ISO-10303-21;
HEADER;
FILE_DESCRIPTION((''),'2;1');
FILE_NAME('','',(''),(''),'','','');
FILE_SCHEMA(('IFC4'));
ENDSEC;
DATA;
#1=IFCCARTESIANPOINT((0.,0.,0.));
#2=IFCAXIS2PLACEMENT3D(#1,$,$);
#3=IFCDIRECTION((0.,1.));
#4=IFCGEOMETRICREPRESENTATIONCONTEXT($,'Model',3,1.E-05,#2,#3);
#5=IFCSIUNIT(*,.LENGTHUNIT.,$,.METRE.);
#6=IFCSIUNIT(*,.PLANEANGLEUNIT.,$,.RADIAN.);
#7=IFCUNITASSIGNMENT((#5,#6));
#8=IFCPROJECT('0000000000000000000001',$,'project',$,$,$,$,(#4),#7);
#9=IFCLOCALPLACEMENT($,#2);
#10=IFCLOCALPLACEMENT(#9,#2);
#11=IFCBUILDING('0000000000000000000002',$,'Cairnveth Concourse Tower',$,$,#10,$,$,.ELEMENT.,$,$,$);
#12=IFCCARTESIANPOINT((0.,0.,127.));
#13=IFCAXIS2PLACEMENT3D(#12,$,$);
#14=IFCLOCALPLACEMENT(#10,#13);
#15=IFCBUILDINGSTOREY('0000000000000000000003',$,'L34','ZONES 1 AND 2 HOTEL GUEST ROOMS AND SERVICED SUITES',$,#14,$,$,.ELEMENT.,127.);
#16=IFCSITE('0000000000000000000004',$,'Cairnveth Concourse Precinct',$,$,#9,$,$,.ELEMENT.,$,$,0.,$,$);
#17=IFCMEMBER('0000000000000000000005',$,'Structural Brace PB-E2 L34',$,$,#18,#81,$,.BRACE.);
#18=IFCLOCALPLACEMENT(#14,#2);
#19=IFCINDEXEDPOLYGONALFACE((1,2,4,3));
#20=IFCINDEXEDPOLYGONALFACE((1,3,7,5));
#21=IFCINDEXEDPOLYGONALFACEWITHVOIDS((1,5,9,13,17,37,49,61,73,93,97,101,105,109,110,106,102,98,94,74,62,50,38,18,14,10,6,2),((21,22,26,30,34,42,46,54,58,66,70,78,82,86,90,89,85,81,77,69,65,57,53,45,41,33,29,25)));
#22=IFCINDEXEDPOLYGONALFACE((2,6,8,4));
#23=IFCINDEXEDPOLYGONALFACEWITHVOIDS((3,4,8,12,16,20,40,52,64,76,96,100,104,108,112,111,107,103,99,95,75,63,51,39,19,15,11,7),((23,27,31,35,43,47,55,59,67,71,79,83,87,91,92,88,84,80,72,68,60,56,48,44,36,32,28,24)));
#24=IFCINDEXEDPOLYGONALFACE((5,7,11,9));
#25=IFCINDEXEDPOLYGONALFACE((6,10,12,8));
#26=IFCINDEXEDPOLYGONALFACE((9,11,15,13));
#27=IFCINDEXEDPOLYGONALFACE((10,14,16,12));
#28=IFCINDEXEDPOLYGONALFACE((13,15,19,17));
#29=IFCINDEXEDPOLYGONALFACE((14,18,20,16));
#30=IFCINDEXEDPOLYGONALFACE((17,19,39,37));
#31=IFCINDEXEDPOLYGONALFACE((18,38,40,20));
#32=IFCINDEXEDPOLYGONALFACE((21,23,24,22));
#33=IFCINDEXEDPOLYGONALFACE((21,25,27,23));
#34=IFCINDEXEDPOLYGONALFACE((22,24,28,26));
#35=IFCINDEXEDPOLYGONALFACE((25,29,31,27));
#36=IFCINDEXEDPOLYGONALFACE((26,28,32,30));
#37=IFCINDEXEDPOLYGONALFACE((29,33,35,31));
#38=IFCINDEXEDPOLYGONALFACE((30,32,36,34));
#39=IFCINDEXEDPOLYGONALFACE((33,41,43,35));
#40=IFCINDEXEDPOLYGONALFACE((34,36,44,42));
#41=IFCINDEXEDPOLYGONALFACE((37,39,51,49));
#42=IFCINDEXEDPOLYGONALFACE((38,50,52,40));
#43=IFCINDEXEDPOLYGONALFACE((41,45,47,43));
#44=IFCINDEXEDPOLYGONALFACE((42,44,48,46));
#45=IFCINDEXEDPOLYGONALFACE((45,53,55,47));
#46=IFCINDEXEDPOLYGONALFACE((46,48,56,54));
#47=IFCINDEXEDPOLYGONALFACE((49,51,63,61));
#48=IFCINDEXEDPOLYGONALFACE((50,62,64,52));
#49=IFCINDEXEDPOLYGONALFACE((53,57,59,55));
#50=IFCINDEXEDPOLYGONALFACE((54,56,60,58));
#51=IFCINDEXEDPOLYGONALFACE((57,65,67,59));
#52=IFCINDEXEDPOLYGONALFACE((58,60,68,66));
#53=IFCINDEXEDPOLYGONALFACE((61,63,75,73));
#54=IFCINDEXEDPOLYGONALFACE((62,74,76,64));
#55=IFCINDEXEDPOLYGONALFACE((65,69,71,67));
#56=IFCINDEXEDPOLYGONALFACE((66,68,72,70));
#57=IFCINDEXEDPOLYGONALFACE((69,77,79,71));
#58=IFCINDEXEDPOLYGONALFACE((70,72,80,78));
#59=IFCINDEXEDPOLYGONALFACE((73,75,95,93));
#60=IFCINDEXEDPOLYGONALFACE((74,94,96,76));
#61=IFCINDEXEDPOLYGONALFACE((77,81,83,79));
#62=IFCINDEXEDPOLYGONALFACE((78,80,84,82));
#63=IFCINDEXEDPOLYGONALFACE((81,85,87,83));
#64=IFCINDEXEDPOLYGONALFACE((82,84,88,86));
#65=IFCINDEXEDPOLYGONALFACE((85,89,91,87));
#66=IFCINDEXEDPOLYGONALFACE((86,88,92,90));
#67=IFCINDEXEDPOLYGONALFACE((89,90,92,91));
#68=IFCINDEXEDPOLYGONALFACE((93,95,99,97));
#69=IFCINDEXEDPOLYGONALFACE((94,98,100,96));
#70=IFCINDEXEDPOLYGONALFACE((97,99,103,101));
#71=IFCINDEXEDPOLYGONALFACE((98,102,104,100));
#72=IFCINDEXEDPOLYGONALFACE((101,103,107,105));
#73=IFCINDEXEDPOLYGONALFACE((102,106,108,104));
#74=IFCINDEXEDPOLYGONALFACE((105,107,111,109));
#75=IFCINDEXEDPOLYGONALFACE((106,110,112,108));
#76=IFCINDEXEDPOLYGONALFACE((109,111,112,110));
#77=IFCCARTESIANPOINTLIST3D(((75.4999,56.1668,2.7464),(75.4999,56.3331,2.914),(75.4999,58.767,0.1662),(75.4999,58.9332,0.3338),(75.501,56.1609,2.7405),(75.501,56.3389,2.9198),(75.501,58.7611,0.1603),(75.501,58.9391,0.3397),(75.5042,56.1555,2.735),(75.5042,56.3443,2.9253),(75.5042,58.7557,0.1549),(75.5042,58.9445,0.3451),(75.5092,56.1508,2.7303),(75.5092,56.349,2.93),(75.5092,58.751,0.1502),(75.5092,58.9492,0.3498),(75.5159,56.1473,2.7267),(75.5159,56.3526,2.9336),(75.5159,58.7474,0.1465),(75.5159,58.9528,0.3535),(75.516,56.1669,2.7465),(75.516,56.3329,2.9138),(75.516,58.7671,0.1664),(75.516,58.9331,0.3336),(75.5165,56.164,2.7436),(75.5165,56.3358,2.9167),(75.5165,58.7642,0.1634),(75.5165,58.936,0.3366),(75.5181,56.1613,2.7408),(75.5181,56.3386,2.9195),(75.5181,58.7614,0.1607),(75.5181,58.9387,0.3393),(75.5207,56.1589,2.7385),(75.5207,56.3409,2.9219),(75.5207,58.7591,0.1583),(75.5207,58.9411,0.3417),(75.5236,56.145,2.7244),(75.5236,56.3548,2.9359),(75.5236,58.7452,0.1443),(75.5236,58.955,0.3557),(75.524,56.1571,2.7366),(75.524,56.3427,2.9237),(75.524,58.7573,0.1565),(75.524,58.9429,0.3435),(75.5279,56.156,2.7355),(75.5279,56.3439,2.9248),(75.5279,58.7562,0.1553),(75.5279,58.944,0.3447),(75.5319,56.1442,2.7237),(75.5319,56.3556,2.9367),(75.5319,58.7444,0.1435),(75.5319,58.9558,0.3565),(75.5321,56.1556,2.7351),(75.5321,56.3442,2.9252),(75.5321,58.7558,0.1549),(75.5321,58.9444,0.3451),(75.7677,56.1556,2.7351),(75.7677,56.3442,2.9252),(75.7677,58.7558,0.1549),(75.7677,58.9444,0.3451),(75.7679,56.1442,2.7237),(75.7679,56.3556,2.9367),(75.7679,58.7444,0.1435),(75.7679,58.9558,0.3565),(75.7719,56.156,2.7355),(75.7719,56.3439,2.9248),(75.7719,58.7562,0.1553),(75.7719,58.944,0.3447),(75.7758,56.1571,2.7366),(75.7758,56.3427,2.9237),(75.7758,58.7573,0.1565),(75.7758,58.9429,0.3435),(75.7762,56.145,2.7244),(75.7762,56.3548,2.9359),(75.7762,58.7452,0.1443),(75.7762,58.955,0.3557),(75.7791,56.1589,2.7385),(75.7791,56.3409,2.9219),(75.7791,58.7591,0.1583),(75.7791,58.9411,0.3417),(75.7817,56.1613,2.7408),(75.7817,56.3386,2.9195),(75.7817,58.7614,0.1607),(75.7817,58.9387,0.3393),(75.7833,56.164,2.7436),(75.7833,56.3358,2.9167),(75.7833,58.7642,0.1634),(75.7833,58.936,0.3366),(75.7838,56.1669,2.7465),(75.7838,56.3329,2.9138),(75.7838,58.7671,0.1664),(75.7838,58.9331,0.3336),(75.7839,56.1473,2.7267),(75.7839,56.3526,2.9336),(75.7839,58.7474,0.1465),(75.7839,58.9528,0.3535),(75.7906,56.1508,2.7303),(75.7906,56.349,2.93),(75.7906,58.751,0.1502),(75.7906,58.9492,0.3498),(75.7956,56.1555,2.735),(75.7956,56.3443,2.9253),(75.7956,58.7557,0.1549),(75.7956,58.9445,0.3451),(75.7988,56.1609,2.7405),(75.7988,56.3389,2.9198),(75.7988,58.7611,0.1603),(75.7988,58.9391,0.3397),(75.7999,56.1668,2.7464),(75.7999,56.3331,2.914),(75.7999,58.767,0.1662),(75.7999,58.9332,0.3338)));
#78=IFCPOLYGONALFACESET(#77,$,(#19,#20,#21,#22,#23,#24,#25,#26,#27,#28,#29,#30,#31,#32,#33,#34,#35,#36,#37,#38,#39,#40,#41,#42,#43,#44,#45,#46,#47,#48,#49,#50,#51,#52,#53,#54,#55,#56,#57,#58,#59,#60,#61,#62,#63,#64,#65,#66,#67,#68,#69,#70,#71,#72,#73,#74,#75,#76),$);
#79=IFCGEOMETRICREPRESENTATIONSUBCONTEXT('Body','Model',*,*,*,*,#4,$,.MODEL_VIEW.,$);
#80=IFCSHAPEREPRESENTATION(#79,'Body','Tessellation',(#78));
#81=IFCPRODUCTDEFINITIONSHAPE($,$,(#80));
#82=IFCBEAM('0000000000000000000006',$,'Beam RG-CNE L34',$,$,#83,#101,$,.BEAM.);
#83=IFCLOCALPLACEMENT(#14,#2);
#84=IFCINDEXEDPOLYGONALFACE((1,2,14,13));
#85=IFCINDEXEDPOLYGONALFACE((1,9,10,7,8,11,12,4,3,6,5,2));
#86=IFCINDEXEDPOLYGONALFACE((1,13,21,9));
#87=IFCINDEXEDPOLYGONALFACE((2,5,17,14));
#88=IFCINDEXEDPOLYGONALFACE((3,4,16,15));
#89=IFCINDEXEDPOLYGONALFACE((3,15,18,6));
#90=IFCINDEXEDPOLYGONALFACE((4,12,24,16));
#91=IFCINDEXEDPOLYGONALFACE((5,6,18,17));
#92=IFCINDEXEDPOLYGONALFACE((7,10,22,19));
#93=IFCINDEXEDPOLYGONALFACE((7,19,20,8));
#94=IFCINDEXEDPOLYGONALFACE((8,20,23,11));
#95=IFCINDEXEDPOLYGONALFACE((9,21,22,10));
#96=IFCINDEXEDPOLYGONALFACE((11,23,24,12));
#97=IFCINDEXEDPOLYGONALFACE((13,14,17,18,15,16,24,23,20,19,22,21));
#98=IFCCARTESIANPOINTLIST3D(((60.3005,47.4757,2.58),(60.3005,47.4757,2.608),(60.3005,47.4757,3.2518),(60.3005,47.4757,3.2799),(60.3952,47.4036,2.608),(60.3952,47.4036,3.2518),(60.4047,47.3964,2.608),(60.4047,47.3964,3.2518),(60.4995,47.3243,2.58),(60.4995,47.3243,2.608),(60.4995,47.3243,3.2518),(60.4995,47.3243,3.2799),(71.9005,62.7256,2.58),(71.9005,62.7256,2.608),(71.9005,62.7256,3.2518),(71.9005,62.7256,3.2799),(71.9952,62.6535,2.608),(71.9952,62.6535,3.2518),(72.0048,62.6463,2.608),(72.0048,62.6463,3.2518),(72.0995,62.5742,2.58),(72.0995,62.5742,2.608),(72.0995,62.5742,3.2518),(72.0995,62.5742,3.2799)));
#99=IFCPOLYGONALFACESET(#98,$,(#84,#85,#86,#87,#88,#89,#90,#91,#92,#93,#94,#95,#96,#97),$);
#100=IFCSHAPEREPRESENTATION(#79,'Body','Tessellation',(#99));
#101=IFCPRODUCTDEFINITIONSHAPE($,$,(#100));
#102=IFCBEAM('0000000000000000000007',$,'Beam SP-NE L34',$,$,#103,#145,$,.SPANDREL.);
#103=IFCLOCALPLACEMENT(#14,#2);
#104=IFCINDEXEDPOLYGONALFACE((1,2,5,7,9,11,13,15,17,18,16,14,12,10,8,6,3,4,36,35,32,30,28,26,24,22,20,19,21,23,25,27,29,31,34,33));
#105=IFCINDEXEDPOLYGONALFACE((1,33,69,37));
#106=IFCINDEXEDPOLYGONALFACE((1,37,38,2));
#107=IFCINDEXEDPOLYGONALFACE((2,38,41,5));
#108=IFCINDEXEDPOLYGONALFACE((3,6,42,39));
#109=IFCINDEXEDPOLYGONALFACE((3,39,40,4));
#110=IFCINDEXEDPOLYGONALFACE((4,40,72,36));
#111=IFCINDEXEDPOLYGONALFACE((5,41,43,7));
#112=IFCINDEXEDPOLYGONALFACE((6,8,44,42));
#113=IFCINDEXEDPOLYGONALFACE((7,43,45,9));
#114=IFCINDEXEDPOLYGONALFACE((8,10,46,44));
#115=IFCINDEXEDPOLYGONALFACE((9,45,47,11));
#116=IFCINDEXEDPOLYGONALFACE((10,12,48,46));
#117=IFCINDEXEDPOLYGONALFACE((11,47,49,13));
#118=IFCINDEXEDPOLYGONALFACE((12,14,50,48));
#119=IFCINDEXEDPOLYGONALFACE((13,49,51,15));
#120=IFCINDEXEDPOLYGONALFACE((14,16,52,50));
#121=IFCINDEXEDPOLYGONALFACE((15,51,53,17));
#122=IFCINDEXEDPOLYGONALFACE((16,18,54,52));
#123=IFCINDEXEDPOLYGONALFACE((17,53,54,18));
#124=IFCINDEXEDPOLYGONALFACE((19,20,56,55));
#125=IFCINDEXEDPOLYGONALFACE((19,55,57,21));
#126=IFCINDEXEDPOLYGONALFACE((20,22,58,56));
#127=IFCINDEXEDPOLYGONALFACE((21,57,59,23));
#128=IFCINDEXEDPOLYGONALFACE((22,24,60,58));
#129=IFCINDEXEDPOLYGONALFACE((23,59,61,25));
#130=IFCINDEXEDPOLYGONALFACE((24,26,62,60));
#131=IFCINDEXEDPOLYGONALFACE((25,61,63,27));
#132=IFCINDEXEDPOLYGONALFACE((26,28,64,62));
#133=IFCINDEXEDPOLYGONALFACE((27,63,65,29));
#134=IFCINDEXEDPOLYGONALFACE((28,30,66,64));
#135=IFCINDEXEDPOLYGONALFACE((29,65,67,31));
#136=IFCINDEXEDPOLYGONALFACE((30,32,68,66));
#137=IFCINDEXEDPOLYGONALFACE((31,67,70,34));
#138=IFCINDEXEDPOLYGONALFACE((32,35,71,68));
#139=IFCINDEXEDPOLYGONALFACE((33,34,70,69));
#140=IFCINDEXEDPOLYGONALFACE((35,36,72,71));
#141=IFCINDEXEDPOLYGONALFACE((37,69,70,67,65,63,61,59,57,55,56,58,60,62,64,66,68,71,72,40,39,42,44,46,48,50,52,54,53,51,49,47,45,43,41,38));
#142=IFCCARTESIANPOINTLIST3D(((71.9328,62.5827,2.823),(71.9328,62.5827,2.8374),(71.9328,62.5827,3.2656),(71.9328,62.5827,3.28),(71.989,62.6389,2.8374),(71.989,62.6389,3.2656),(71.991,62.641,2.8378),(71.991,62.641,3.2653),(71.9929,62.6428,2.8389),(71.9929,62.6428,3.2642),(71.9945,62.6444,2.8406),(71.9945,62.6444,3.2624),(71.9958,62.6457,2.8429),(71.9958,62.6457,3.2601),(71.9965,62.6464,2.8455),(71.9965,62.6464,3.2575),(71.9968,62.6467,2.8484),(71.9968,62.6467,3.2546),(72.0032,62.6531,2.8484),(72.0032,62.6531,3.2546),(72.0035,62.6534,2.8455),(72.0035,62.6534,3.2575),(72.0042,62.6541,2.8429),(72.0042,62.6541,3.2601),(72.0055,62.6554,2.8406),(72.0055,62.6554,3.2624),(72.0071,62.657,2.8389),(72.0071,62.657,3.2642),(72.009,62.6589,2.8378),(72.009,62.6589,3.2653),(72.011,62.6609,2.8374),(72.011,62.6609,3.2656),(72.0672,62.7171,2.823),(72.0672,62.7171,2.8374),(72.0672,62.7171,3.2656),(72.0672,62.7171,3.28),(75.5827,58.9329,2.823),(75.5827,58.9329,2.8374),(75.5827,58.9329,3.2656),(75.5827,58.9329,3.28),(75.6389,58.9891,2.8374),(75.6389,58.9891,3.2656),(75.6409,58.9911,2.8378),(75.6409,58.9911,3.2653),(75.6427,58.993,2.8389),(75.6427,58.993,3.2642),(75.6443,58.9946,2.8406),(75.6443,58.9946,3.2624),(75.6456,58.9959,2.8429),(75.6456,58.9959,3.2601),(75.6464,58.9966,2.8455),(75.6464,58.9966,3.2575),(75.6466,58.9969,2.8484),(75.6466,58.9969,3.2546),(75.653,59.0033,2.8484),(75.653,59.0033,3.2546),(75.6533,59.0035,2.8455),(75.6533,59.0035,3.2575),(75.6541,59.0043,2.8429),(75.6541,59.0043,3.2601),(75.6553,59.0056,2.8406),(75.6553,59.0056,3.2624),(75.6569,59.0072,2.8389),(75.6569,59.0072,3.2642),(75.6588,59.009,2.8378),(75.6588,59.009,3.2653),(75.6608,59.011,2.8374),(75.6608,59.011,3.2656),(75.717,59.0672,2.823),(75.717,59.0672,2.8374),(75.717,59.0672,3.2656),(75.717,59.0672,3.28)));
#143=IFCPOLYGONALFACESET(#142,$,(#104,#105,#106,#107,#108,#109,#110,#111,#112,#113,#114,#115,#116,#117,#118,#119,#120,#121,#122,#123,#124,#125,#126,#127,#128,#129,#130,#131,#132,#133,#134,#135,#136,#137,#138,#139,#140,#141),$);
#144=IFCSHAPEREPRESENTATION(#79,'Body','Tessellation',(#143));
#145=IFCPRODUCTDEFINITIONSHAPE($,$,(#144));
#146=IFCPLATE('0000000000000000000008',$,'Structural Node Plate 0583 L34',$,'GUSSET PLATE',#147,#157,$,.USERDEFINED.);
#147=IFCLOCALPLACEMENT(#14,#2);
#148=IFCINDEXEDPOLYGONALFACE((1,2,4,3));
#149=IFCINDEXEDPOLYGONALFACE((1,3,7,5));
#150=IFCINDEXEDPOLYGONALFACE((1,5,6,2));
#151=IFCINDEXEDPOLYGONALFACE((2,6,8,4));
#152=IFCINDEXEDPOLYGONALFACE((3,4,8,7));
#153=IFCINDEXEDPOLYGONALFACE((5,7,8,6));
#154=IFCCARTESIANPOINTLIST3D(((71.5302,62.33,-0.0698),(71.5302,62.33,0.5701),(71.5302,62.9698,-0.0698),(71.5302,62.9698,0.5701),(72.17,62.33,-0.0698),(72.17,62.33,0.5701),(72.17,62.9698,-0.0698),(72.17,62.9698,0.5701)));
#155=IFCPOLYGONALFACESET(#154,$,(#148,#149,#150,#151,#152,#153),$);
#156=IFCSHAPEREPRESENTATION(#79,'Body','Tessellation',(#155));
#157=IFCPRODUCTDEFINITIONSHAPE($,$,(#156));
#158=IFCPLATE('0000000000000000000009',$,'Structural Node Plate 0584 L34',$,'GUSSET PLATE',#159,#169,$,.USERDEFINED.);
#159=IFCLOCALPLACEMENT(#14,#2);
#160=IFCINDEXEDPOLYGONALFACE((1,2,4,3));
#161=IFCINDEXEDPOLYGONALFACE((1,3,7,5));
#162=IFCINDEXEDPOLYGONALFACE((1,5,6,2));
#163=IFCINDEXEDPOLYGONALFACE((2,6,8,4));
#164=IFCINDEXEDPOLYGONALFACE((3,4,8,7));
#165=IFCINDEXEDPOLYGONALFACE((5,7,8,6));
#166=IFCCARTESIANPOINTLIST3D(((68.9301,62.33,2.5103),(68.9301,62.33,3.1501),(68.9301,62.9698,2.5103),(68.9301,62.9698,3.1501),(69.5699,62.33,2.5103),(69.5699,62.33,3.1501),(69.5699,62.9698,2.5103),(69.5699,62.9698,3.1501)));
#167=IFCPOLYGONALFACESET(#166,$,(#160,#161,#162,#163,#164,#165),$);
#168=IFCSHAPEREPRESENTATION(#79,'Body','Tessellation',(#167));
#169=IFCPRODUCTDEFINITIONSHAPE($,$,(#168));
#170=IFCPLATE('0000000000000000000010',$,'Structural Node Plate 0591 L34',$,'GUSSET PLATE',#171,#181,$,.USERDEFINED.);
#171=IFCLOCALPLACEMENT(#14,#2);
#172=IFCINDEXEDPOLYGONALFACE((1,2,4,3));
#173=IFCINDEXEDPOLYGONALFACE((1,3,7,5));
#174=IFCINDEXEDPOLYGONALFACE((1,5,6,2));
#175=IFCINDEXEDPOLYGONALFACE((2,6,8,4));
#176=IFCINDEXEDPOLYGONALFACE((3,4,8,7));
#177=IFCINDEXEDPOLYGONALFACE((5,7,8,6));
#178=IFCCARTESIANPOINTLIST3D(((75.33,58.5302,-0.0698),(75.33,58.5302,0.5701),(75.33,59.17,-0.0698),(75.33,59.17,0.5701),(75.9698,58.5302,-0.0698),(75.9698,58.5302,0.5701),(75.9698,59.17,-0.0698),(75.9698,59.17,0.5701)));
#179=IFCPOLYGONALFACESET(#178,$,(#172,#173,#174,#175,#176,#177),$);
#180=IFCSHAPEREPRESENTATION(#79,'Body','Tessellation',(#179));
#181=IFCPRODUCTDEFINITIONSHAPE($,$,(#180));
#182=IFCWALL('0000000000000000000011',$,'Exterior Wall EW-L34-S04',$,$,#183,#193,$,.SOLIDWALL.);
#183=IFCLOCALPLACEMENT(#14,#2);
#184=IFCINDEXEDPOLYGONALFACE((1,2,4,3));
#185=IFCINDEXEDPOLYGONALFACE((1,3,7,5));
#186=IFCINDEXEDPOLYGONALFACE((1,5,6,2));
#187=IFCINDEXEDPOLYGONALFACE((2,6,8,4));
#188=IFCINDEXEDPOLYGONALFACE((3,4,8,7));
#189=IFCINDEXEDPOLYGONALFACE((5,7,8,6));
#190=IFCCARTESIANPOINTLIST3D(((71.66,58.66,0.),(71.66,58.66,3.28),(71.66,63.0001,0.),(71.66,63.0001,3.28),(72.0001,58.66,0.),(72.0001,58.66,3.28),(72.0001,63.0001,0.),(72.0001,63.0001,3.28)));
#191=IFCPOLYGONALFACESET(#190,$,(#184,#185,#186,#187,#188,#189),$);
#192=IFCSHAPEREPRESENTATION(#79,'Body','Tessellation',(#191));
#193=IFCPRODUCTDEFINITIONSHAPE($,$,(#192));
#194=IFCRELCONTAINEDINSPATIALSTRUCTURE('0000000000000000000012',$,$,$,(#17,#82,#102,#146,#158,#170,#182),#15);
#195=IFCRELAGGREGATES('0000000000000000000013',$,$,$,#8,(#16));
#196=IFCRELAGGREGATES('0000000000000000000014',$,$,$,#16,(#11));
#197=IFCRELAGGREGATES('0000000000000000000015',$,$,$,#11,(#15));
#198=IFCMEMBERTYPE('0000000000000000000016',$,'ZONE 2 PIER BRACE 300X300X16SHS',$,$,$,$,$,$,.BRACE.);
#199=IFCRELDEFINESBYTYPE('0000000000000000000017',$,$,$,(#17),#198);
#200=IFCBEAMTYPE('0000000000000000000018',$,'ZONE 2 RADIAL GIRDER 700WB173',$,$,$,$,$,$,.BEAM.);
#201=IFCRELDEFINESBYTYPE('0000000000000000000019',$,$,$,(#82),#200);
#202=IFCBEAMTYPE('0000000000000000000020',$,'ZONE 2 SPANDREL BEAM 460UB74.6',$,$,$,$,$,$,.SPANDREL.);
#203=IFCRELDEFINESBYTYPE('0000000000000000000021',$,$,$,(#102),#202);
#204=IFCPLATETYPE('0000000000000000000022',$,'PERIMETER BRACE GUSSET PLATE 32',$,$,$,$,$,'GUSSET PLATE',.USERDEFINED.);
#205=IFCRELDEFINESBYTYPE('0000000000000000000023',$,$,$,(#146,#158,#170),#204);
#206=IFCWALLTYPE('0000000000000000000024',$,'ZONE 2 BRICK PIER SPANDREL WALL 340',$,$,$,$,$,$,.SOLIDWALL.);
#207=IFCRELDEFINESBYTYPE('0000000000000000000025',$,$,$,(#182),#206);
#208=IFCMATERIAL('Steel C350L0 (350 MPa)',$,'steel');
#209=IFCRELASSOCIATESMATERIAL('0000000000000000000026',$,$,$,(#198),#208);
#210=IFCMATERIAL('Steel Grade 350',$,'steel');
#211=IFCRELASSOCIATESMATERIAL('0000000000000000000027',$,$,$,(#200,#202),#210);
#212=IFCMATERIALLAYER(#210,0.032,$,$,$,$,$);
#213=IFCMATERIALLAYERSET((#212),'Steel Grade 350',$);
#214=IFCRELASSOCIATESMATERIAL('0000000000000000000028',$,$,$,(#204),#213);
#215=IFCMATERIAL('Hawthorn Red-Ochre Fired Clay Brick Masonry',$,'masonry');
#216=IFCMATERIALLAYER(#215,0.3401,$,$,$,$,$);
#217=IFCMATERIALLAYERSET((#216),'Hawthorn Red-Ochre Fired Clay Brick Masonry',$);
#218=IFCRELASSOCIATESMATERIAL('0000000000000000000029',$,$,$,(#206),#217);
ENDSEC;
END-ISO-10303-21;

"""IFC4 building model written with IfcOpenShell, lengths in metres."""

from ifc_helpers import new_model, si_unit, direction, frame, frame_2d, origin, origin_2d, place, context, subcontext, project, spatial, rectangle, hollow_rectangle, i_section, extrude, material, layer, layer_set, material_profile, profile_set, type_object, element, save


model = new_model("IFC4")

# Units and contexts
model_context = context("Model", 3, precision=1e-05, world=origin(), true_north=direction((0.0, 1.0)))
body_context = subcontext(model_context, "Body", "Model", "MODEL_VIEW")
ifc_project = project(units=[si_unit("LENGTHUNIT", "METRE"), si_unit("PLANEANGLEUNIT", "RADIAN")], contexts=[model_context])

# Site, building, storey
site_placement = place(None, origin())
site = spatial("IfcSite", under=ifc_project, at=site_placement, Name="Cairnveth Concourse Precinct", CompositionType="ELEMENT", RefElevation=0.0)
building_placement = place(site_placement, origin())
building = spatial("IfcBuilding", under=site, at=building_placement, Name="Cairnveth Concourse Tower", CompositionType="ELEMENT")
storey_placement = place(building_placement, frame((0.0, 0.0, 127.0)))
storey = spatial("IfcBuildingStorey", under=building, at=storey_placement, Name="L34", Description="ZONES 1 AND 2 HOTEL GUEST ROOMS AND SERVICED SUITES", CompositionType="ELEMENT", Elevation=127.0)

# Shared definitions
ifc_material_1 = material(Name="Steel Grade 350", Category="steel")

# Member
ifc_material_2 = material(Name="Steel C350L0 (350 MPa)", Category="steel")
ifc_material_profile_1 = material_profile(ifc_material_2, hollow_rectangle(XDim=0.3, YDim=0.3, WallThickness=0.0161, InnerFilletRadius=0.0161, OuterFilletRadius=0.032, at=origin_2d()), Name="300x300x16.0SHS")
ifc_profile_set_1 = profile_set([ifc_material_profile_1], Name="Steel C350L0 (350 MPa)")
member_type = type_object("IfcMemberType", Name="ZONE 2 PIER BRACE 300X300X16SHS", PredefinedType="BRACE", material=ifc_profile_set_1)
for number, where, z_axis, x_axis, name in (
    (1, (75.6499, 58.8501, 0.25), (0.0, -0.709834, 0.704369), (1.0, 0.0, 0.0), "Structural Brace PB-E2 L34"),
):
    element("IfcMember", number, at=place(storey_placement, frame(where, z_axis=z_axis, x_axis=x_axis)), inside=storey, type_object=member_type, Name=name, PredefinedType="BRACE", context=body_context, shape_type="SweptSolid", body=[
        extrude(hollow_rectangle(XDim=0.3, YDim=0.3, WallThickness=0.0161, InnerFilletRadius=0.0161, OuterFilletRadius=0.032, at=origin_2d()), origin(), (0.0, 0.0, 1.0), 3.6631),
    ])

# Beams
ifc_material_profile_2 = material_profile(ifc_material_1, i_section(OverallWidth=0.25, OverallDepth=0.7, WebThickness=0.012, FlangeThickness=0.0281, at=origin_2d()), Name="700WB173")
ifc_profile_set_2 = profile_set([ifc_material_profile_2], Name="Steel Grade 350")
beam_type_1 = type_object("IfcBeamType", Name="ZONE 2 RADIAL GIRDER 700WB173", PredefinedType="BEAM", material=ifc_profile_set_2)
beam_1_placement = place(storey_placement, frame((72.0, 62.6499, 2.9299), z_axis=(-0.605417, -0.795908, 0.0), x_axis=(0.795908, -0.605417, 0.0)))
element("IfcBeam", 2, at=beam_1_placement, inside=storey, type_object=beam_type_1, Name="Beam RG-CNE L34", PredefinedType="BEAM", context=body_context, shape_type="SweptSolid", body=[
    extrude(i_section(OverallWidth=0.25, OverallDepth=0.7, WebThickness=0.012, FlangeThickness=0.0281, at=origin_2d()), origin(), (0.0, 0.0, 1.0), 19.1604),
])
ifc_material_profile_3 = material_profile(ifc_material_1, i_section(OverallWidth=0.1899, OverallDepth=0.457, WebThickness=0.009, FlangeThickness=0.0144, FilletRadius=0.011, at=origin_2d()), Name="460UB74.6")
ifc_profile_set_3 = profile_set([ifc_material_profile_3], Name="Steel Grade 350")
beam_type_2 = type_object("IfcBeamType", Name="ZONE 2 SPANDREL BEAM 460UB74.6", PredefinedType="SPANDREL", material=ifc_profile_set_3)
beam_2_placement = place(storey_placement, frame((72.0, 62.6499, 3.0515), z_axis=(0.707107, -0.707107, 0.0), x_axis=(0.707107, 0.707107, 0.0)))
element("IfcBeam", 3, at=beam_2_placement, inside=storey, type_object=beam_type_2, Name="Beam SP-NE L34", PredefinedType="SPANDREL", context=body_context, shape_type="SweptSolid", body=[
    extrude(i_section(OverallWidth=0.1899, OverallDepth=0.457, WebThickness=0.009, FlangeThickness=0.0144, FilletRadius=0.011, at=origin_2d()), origin(), (0.0, 0.0, 1.0), 5.1616),
])

# Plates
ifc_layer_1 = layer(ifc_material_1, 0.032)
ifc_layer_set_1 = layer_set([ifc_layer_1], Name="Steel Grade 350")
plate_type = type_object("IfcPlateType", Name="PERIMETER BRACE GUSSET PLATE 32", ElementType="GUSSET PLATE", PredefinedType="USERDEFINED", material=ifc_layer_set_1)
for number, where, z_axis, x_axis, name in (
    (4, (71.8501, 62.6499, -0.0698), (0.0, 0.0, 1.0), (1.0, 0.0, 0.0), "Structural Node Plate 0583 L34"),
    (5, (69.25, 62.6499, 2.5103), (0.0, 0.0, 1.0), (1.0, 0.0, 0.0), "Structural Node Plate 0584 L34"),
    (6, (75.6499, 58.8501, -0.0698), (0.0, 0.0, 1.0), (1.0, 0.0, 0.0), "Structural Node Plate 0591 L34"),
):
    element("IfcPlate", number, at=place(storey_placement, frame(where, z_axis=z_axis, x_axis=x_axis)), inside=storey, type_object=plate_type, Name=name, ObjectType="GUSSET PLATE", PredefinedType="USERDEFINED", context=body_context, shape_type="SweptSolid", body=[
        extrude(rectangle(XDim=0.6399, YDim=0.6399, at=origin_2d()), origin(), (0.0, 0.0, 1.0), 0.6399),
    ])

# Wall
ifc_material_3 = material(Name="Hawthorn Red-Ochre Fired Clay Brick Masonry", Category="masonry")
ifc_layer_2 = layer(ifc_material_3, 0.3401)
ifc_layer_set_2 = layer_set([ifc_layer_2], Name="Hawthorn Red-Ochre Fired Clay Brick Masonry")
wall_type = type_object("IfcWallType", Name="ZONE 2 BRICK PIER SPANDREL WALL 340", PredefinedType="SOLIDWALL", material=ifc_layer_set_2)
wall_1_placement = place(storey_placement, frame((71.8301, 63.0, 0.0), z_axis=(0.0, 0.0, 1.0), x_axis=(0.0, -1.0, 0.0)))
element("IfcWall", 7, at=wall_1_placement, inside=storey, type_object=wall_type, Name="Exterior Wall EW-L34-S04", PredefinedType="SOLIDWALL", context=body_context, shape_type="SweptSolid", body=[
    extrude(rectangle(XDim=4.3401, YDim=0.3401, at=frame_2d((2.1699, 0.0))), origin(), (0.0, 0.0, 1.0), 3.28),
])

save(model, "model.ifc")
